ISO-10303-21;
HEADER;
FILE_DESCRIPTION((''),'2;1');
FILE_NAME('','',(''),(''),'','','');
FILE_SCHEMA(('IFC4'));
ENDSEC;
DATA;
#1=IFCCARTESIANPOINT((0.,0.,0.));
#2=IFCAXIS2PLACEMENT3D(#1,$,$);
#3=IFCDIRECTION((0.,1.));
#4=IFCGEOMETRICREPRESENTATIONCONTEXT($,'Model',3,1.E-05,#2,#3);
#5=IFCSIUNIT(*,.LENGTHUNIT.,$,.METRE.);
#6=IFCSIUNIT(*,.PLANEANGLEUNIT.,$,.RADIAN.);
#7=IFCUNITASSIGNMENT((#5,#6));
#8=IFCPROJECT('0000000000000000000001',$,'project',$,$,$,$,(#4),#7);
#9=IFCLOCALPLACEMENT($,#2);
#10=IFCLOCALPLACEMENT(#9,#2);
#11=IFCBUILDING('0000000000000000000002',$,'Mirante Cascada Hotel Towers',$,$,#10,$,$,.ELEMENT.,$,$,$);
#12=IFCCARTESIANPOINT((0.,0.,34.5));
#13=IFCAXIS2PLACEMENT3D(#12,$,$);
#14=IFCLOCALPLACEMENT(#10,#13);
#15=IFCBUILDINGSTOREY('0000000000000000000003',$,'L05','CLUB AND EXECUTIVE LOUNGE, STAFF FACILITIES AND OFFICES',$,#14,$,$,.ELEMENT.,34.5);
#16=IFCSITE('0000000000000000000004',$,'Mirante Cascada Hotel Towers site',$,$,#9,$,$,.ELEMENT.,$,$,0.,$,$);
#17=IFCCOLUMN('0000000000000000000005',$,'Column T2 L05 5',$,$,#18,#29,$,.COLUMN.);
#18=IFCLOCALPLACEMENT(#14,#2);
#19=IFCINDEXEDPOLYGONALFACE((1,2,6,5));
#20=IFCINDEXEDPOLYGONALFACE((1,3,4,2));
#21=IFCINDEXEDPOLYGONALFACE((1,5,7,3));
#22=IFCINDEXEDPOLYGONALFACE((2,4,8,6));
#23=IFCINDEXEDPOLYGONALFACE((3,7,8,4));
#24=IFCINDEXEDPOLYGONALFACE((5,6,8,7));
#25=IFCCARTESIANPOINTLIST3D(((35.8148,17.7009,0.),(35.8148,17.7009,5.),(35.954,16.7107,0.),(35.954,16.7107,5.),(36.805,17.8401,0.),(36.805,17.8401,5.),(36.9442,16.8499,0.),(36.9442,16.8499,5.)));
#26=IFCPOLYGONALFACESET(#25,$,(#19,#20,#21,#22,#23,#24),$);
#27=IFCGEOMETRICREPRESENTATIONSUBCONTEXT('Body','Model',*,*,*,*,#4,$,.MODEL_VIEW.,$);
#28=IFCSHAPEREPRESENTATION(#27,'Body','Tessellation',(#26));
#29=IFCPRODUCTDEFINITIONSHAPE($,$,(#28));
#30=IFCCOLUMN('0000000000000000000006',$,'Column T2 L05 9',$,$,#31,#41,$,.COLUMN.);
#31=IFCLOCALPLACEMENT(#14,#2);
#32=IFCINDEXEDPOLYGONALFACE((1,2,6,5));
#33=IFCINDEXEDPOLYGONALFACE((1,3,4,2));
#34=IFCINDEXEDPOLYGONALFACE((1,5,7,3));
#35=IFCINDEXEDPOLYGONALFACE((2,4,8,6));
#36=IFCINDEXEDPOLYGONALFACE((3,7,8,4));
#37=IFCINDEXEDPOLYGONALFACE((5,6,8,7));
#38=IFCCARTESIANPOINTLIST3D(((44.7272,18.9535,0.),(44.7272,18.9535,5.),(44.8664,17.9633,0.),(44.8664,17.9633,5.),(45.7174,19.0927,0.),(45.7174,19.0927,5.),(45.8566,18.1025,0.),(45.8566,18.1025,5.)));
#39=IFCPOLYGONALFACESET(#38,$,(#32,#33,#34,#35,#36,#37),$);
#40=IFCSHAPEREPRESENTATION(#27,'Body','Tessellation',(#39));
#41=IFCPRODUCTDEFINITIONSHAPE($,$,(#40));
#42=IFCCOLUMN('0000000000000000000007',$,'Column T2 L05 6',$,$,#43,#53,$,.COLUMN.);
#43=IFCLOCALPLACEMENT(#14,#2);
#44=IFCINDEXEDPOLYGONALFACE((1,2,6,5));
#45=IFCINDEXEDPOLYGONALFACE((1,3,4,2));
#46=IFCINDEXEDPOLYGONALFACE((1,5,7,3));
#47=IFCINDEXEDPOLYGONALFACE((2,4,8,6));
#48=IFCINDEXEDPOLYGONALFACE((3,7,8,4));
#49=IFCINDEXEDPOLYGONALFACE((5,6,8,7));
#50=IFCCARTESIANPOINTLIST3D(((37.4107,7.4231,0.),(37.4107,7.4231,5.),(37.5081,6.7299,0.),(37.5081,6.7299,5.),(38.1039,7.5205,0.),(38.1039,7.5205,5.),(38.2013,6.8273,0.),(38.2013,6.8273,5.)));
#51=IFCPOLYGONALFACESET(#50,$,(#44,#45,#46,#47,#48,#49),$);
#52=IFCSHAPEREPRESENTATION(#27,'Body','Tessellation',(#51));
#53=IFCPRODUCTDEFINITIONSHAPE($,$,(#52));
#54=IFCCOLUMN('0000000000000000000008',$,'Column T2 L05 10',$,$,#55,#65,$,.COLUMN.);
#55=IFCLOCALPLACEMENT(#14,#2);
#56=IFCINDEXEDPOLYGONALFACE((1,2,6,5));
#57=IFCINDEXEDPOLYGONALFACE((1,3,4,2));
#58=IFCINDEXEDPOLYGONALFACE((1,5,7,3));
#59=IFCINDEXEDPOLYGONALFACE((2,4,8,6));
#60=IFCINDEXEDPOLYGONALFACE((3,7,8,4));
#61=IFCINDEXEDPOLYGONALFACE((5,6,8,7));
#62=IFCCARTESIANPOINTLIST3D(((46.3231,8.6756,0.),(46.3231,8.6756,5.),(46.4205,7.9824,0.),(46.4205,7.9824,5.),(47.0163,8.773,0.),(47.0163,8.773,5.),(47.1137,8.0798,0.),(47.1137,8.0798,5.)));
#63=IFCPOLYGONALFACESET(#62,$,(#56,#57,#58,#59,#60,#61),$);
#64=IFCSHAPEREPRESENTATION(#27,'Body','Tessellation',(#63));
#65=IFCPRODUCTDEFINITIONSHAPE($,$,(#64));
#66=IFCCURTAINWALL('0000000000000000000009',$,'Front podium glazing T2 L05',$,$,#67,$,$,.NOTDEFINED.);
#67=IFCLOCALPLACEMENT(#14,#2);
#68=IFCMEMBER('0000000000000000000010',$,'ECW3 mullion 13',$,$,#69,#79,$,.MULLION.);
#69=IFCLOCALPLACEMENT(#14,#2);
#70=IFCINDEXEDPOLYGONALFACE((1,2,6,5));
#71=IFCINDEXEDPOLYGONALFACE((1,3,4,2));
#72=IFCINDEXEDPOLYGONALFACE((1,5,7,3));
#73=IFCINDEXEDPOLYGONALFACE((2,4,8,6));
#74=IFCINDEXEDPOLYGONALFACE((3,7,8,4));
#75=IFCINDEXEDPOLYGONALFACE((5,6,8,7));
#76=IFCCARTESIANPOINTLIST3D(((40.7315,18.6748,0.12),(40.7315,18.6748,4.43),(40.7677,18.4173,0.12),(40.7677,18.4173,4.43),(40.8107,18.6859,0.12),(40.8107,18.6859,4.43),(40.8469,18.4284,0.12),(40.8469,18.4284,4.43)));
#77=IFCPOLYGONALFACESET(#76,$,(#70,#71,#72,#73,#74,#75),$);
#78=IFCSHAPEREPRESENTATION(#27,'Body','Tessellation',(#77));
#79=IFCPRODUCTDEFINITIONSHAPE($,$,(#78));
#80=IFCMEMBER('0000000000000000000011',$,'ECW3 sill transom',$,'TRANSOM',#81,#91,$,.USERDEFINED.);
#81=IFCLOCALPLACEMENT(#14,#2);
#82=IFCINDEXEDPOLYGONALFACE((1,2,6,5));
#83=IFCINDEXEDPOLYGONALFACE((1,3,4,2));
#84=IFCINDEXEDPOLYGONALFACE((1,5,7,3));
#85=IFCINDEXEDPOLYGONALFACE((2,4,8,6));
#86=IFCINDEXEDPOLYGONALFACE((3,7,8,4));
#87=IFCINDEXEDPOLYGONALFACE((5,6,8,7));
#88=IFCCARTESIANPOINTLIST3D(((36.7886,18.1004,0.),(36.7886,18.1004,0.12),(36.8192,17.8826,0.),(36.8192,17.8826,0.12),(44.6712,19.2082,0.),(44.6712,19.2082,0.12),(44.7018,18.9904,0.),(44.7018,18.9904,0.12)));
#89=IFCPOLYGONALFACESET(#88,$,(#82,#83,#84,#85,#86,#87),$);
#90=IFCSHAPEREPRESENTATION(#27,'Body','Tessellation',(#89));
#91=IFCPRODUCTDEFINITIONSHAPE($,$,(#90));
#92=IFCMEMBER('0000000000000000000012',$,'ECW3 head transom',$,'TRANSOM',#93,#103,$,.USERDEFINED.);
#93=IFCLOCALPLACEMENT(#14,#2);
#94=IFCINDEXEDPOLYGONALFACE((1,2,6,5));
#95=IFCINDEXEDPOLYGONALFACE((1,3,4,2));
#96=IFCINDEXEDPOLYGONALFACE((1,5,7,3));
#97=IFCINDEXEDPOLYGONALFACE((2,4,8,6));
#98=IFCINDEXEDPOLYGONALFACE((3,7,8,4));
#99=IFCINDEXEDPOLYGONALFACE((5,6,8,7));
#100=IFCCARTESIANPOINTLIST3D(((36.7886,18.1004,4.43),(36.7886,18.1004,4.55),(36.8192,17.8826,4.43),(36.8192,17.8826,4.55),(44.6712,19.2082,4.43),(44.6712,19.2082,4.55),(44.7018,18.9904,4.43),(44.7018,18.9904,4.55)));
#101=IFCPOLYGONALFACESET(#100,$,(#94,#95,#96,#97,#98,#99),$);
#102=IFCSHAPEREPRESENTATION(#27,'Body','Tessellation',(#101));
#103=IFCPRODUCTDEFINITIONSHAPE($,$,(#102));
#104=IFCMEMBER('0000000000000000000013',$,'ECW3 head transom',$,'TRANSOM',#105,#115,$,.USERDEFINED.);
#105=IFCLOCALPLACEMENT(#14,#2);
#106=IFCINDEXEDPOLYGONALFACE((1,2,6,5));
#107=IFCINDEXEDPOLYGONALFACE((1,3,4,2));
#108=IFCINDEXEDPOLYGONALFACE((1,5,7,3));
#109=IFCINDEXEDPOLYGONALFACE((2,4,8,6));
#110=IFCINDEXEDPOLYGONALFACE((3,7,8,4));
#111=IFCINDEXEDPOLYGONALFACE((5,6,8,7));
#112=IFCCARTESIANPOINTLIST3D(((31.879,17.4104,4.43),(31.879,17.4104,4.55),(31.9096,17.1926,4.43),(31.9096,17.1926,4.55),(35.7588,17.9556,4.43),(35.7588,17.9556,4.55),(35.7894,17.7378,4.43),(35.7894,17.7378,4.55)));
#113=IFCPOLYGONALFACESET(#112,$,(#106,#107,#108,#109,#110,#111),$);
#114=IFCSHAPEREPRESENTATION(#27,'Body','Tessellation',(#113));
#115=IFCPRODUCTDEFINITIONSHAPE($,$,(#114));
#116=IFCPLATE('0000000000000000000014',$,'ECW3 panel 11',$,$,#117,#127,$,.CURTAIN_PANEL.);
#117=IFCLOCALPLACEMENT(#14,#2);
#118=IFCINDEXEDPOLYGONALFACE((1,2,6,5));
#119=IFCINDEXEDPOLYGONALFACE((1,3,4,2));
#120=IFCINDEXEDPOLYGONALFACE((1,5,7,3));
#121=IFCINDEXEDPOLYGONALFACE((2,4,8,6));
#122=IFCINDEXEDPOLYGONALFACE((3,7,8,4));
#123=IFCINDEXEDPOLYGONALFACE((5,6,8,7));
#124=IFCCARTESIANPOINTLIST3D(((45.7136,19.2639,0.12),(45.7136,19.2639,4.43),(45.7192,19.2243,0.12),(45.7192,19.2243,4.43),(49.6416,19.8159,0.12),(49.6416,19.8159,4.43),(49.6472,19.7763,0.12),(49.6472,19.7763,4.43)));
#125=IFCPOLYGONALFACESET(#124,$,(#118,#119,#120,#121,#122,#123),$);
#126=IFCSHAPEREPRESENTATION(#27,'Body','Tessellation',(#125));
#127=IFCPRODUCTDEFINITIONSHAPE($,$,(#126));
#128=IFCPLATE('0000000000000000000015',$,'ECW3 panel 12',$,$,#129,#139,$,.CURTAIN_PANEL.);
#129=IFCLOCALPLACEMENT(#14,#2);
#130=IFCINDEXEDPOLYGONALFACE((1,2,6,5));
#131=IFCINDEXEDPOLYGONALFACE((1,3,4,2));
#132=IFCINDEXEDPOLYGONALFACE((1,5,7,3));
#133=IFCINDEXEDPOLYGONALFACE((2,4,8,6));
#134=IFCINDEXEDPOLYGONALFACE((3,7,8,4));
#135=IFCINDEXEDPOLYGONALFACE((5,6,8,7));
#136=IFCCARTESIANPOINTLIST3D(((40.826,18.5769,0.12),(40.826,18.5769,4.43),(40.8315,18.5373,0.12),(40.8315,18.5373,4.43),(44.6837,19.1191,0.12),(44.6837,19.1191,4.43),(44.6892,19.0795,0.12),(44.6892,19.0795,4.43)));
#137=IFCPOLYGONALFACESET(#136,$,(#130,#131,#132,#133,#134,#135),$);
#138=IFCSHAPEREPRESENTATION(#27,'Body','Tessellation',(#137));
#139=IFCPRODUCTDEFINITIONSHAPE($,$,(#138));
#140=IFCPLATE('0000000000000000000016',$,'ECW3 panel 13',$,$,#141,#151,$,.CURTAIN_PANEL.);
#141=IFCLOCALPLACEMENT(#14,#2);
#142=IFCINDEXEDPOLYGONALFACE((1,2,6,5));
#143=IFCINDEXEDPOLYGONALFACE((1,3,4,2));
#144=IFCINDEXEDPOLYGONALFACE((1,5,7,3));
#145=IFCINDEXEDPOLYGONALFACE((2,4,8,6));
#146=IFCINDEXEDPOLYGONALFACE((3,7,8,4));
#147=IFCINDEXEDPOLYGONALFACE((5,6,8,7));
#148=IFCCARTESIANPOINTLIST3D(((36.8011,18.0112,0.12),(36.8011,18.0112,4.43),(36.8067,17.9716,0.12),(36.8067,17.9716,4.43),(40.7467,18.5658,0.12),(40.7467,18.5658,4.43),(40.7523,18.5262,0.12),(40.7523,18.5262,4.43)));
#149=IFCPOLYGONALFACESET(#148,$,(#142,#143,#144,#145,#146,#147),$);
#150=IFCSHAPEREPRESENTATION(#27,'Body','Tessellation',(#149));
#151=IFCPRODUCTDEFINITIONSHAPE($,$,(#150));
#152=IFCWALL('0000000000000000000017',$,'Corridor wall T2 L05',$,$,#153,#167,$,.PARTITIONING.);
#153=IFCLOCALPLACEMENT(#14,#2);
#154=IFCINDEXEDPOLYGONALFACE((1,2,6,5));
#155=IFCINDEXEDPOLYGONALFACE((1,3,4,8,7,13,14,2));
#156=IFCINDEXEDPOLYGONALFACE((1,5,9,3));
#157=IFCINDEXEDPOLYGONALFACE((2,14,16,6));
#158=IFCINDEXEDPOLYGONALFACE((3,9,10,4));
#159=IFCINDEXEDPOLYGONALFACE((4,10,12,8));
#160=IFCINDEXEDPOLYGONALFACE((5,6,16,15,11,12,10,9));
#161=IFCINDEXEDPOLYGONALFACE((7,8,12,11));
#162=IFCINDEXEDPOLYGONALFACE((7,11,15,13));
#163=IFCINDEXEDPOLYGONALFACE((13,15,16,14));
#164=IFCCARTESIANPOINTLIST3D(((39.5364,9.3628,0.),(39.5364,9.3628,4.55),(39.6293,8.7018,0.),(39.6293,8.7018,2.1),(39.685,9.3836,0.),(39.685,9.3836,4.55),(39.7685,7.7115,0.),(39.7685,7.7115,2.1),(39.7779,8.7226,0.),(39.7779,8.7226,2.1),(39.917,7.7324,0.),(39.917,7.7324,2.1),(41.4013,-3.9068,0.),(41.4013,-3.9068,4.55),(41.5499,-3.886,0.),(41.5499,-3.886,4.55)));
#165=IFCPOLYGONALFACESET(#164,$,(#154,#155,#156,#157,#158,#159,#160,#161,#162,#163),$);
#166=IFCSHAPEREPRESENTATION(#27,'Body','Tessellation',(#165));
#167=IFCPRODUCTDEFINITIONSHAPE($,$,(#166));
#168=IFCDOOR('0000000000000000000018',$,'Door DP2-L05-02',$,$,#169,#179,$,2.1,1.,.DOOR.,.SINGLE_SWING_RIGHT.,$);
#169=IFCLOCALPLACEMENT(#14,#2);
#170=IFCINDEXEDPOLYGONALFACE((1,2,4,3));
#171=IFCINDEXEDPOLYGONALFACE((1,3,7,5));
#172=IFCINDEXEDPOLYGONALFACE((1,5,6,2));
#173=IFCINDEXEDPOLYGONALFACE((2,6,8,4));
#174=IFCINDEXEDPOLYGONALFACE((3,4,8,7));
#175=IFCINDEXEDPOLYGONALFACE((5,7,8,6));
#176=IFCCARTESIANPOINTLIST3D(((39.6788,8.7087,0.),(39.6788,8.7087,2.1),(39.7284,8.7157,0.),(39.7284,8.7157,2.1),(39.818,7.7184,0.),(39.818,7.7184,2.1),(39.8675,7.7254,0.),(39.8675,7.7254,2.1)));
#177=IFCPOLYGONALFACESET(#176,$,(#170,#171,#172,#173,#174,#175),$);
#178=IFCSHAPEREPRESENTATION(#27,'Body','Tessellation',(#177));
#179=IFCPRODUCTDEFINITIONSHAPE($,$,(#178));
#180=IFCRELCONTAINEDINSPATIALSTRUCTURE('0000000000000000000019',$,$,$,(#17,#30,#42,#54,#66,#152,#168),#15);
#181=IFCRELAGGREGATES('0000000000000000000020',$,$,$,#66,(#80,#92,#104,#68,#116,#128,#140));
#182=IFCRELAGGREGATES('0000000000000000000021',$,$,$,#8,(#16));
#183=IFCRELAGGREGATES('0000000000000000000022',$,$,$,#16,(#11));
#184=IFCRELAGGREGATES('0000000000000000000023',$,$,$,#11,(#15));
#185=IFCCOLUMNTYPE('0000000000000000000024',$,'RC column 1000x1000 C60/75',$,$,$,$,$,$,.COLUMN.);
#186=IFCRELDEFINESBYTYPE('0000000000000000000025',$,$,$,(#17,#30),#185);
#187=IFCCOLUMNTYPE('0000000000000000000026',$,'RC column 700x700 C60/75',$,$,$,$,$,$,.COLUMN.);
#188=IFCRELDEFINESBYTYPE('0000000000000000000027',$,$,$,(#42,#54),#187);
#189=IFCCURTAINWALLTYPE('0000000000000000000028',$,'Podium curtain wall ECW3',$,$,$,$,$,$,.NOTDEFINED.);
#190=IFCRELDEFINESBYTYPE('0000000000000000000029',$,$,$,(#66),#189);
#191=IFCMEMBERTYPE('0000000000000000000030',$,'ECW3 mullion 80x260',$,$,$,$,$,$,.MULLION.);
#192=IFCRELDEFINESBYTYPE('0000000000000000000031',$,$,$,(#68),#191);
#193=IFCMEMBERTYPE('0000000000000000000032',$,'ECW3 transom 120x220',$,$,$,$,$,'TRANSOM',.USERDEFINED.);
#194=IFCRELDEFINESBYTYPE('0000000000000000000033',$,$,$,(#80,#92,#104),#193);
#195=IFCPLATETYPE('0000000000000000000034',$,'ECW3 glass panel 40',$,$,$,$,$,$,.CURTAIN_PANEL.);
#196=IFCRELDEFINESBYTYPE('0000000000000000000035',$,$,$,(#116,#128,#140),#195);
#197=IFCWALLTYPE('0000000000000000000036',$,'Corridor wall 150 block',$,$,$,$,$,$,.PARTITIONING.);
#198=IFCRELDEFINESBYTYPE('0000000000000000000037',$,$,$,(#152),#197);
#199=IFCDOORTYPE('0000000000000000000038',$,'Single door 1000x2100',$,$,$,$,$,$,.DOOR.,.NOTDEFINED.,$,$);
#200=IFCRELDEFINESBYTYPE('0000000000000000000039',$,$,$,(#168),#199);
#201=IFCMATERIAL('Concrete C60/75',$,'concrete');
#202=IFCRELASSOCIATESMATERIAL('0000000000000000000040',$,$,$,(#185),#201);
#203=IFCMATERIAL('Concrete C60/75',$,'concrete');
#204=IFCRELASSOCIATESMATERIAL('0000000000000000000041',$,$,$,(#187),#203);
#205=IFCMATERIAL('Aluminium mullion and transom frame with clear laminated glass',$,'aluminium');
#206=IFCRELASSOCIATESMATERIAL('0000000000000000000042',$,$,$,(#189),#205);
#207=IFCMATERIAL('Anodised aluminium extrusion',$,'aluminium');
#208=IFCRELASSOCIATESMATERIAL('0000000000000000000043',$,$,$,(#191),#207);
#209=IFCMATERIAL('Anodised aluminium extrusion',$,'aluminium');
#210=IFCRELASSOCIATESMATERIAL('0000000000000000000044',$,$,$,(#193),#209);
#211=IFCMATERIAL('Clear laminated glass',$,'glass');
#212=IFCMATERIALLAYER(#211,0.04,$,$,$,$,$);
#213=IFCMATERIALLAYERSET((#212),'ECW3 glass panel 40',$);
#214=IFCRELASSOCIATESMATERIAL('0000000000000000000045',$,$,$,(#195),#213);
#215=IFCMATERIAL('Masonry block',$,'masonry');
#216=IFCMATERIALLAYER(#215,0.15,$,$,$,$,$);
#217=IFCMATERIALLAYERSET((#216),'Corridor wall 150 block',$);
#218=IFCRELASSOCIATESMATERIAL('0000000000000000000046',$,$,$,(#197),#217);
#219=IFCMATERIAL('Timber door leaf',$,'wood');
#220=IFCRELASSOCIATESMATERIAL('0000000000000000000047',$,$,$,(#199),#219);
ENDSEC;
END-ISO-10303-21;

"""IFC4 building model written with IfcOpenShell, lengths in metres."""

from ifc_helpers import new_model, si_unit, direction, frame, frame_2d, origin, origin_2d, place, context, subcontext, project, spatial, rectangle, extrude, material, layer, layer_set, material_profile, profile_set, type_object, element, fill, aggregate, save


model = new_model("IFC4")

# Units and contexts
model_context = context("Model", 3, precision=1e-05, world=origin(), true_north=direction((0.0, 1.0)))
body_context = subcontext(model_context, "Body", "Model", "MODEL_VIEW")
ifc_project = project(units=[si_unit("LENGTHUNIT", "METRE"), si_unit("PLANEANGLEUNIT", "RADIAN")], contexts=[model_context])

# Site, building, storey
site_placement = place(None, origin())
site = spatial("IfcSite", under=ifc_project, at=site_placement, Name="Mirante Cascada Hotel Towers site", CompositionType="ELEMENT", RefElevation=0.0)
building_placement = place(site_placement, origin())
building = spatial("IfcBuilding", under=site, at=building_placement, Name="Mirante Cascada Hotel Towers", CompositionType="ELEMENT")
storey_placement = place(building_placement, frame((0.0, 0.0, 34.5)))
storey = spatial("IfcBuildingStorey", under=building, at=storey_placement, Name="L05", Description="CLUB AND EXECUTIVE LOUNGE, STAFF FACILITIES AND OFFICES", CompositionType="ELEMENT", Elevation=34.5)

# Columns
ifc_material_1 = material(Name="Concrete C60/75", Category="concrete")
ifc_material_profile_1 = material_profile(ifc_material_1, rectangle(XDim=1.0, YDim=1.0, at=origin_2d()), Name="RC column 1000x1000 C60/75")
ifc_profile_set_1 = profile_set([ifc_material_profile_1], Name="Concrete C60/75")
column_type_1 = type_object("IfcColumnType", Name="RC column 1000x1000 C60/75", PredefinedType="COLUMN", material=ifc_profile_set_1)
for number, where, z_axis, x_axis, name in (
    (1, (36.3795, 17.2754, 0.0), (0.0, 0.0, 1.0), (0.990268, 0.139173, 0.0), "Column T2 L05 5"),
    (2, (45.2919, 18.528, 0.0), (0.0, 0.0, 1.0), (0.990268, 0.139173, 0.0), "Column T2 L05 9"),
):
    element("IfcColumn", number, at=place(storey_placement, frame(where, z_axis=z_axis, x_axis=x_axis)), inside=storey, type_object=column_type_1, Name=name, PredefinedType="COLUMN", context=body_context, shape_type="SweptSolid", body=[
        extrude(rectangle(XDim=1.0, YDim=1.0, at=origin_2d()), origin(), (0.0, 0.0, 1.0), 5.0),
    ])
ifc_material_2 = material(Name="Concrete C60/75", Category="concrete")
ifc_material_profile_2 = material_profile(ifc_material_2, rectangle(XDim=0.7, YDim=0.7, at=origin_2d()), Name="RC column 700x700 C60/75")
ifc_profile_set_2 = profile_set([ifc_material_profile_2], Name="Concrete C60/75")
column_type_2 = type_object("IfcColumnType", Name="RC column 700x700 C60/75", PredefinedType="COLUMN", material=ifc_profile_set_2)
for number, where, z_axis, x_axis, name in (
    (3, (37.806, 7.1252, 0.0), (0.0, 0.0, 1.0), (0.990268, 0.139173, 0.0), "Column T2 L05 6"),
    (4, (46.7184, 8.3777, 0.0), (0.0, 0.0, 1.0), (0.990268, 0.139173, 0.0), "Column T2 L05 10"),
):
    element("IfcColumn", number, at=place(storey_placement, frame(where, z_axis=z_axis, x_axis=x_axis)), inside=storey, type_object=column_type_2, Name=name, PredefinedType="COLUMN", context=body_context, shape_type="SweptSolid", body=[
        extrude(rectangle(XDim=0.7, YDim=0.7, at=origin_2d()), origin(), (0.0, 0.0, 1.0), 5.0),
    ])

# Curtain wall, members, plates
ifc_material_3 = material(Name="Aluminium mullion and transom frame with clear laminated glass", Category="aluminium")
curtain_wall_type = type_object("IfcCurtainWallType", Name="Podium curtain wall ECW3", PredefinedType="NOTDEFINED", material=ifc_material_3)
curtain_wall_placement = place(storey_placement, origin())
curtain_wall = element("IfcCurtainWall", 5, at=curtain_wall_placement, inside=storey, type_object=curtain_wall_type, Name="Front podium glazing T2 L05", PredefinedType="NOTDEFINED")
ifc_material_4 = material(Name="Anodised aluminium extrusion", Category="aluminium")
ifc_material_profile_3 = material_profile(ifc_material_4, rectangle(XDim=0.26, YDim=0.08, at=origin_2d()), Name="ECW3 MULLION 80x260")
ifc_profile_set_3 = profile_set([ifc_material_profile_3], Name="Anodised aluminium extrusion")
member_type_1 = type_object("IfcMemberType", Name="ECW3 mullion 80x260", PredefinedType="MULLION", material=ifc_profile_set_3)
member_1_placement = place(storey_placement, frame((40.7892, 18.5516, 0.12), z_axis=(0.0, 0.0, 1.0), x_axis=(0.139173, -0.990268, 0.0)))
member_1 = element("IfcMember", 6, at=member_1_placement, type_object=member_type_1, Name="ECW3 mullion 13", PredefinedType="MULLION", context=body_context, shape_type="SweptSolid", body=[
    extrude(rectangle(XDim=0.26, YDim=0.08, at=origin_2d()), origin(), (0.0, 0.0, 1.0), 4.31),
])
ifc_material_5 = material(Name="Anodised aluminium extrusion", Category="aluminium")
ifc_material_profile_4 = material_profile(ifc_material_5, rectangle(XDim=0.22, YDim=0.12, at=origin_2d()), Name="ECW3 TRANSOM 120x220")
ifc_profile_set_4 = profile_set([ifc_material_profile_4], Name="Anodised aluminium extrusion")
member_type_2 = type_object("IfcMemberType", Name="ECW3 transom 120x220", ElementType="TRANSOM", PredefinedType="USERDEFINED", material=ifc_profile_set_4)
member_2_placement = place(storey_placement, frame((44.6865, 19.0993, 0.06), z_axis=(-0.990268, -0.13917, 0.0), x_axis=(0.13917, -0.990268, 0.0)))
member_2 = element("IfcMember", 7, at=member_2_placement, type_object=member_type_2, Name="ECW3 sill transom", ObjectType="TRANSOM", PredefinedType="USERDEFINED", context=body_context, shape_type="SweptSolid", body=[
    extrude(rectangle(XDim=0.22, YDim=0.12, at=origin_2d()), origin(), (0.0, 0.0, 1.0), 7.9601),
])
member_3_placement = place(storey_placement, frame((44.6865, 19.0993, 4.49), z_axis=(-0.990268, -0.13917, 0.0), x_axis=(0.13917, -0.990268, 0.0)))
member_3 = element("IfcMember", 8, at=member_3_placement, type_object=member_type_2, Name="ECW3 head transom", ObjectType="TRANSOM", PredefinedType="USERDEFINED", context=body_context, shape_type="SweptSolid", body=[
    extrude(rectangle(XDim=0.22, YDim=0.12, at=origin_2d()), origin(), (0.0, 0.0, 1.0), 7.9601),
])
member_4_placement = place(storey_placement, frame((35.7741, 17.8467, 4.49), z_axis=(-0.990271, -0.139155, 0.0), x_axis=(0.139155, -0.990271, 0.0)))
member_4 = element("IfcMember", 9, at=member_4_placement, type_object=member_type_2, Name="ECW3 head transom", ObjectType="TRANSOM", PredefinedType="USERDEFINED", context=body_context, shape_type="SweptSolid", body=[
    extrude(rectangle(XDim=0.22, YDim=0.12, at=origin_2d()), origin(), (0.0, 0.0, 1.0), 3.9179),
])
ifc_material_6 = material(Name="Clear laminated glass", Category="glass")
ifc_layer_1 = layer(ifc_material_6, 0.04)
ifc_layer_set_1 = layer_set([ifc_layer_1], Name="ECW3 glass panel 40")
plate_type = type_object("IfcPlateType", Name="ECW3 glass panel 40", PredefinedType="CURTAIN_PANEL", material=ifc_layer_set_1)
plate_1_placement = place(storey_placement, frame((47.6804, 19.5201, 0.12), z_axis=(0.0, 0.0, 1.0), x_axis=(-0.990268, -0.139173, 0.0)))
plate_1 = element("IfcPlate", 10, at=plate_1_placement, type_object=plate_type, Name="ECW3 panel 11", PredefinedType="CURTAIN_PANEL", context=body_context, shape_type="SweptSolid", body=[
    extrude(rectangle(XDim=3.9666, YDim=0.04, at=origin_2d()), origin(), (0.0, 0.0, 1.0), 4.31),
])
plate_2_placement = place(storey_placement, frame((42.7576, 18.8282, 0.12), z_axis=(0.0, 0.0, 1.0), x_axis=(-0.990268, -0.139173, 0.0)))
plate_2 = element("IfcPlate", 11, at=plate_2_placement, type_object=plate_type, Name="ECW3 panel 12", PredefinedType="CURTAIN_PANEL", context=body_context, shape_type="SweptSolid", body=[
    extrude(rectangle(XDim=3.8956, YDim=0.04, at=origin_2d()), origin(), (0.0, 0.0, 1.0), 4.31),
])
plate_3_placement = place(storey_placement, frame((38.7767, 18.2687, 0.12), z_axis=(0.0, 0.0, 1.0), x_axis=(-0.990268, -0.139173, 0.0)))
plate_3 = element("IfcPlate", 12, at=plate_3_placement, type_object=plate_type, Name="ECW3 panel 13", PredefinedType="CURTAIN_PANEL", context=body_context, shape_type="SweptSolid", body=[
    extrude(rectangle(XDim=3.9844, YDim=0.04, at=origin_2d()), origin(), (0.0, 0.0, 1.0), 4.31),
])
aggregate(curtain_wall, [member_2, member_3, member_4, member_1, plate_1, plate_2, plate_3])

# Wall, opening, door
ifc_material_7 = material(Name="Masonry block", Category="masonry")
ifc_layer_2 = layer(ifc_material_7, 0.15)
ifc_layer_set_2 = layer_set([ifc_layer_2], Name="Corridor wall 150 block")
wall_type_1 = type_object("IfcWallType", Name="Corridor wall 150 block", PredefinedType="PARTITIONING", material=ifc_layer_set_2)
wall_1_placement = place(storey_placement, frame((39.6107, 9.3732, 0.0), z_axis=(0.0, 0.0, 1.0), x_axis=(0.139172, -0.990268, 0.0)))
wall_1 = element("IfcWall", 13, at=wall_1_placement, inside=storey, type_object=wall_type_1, Name="Corridor wall T2 L05", PredefinedType="PARTITIONING", context=body_context, shape_type="SweptSolid", body=[
    extrude(rectangle(XDim=13.4, YDim=0.15, at=frame_2d((6.7, 0.0))), origin(), (0.0, 0.0, 1.0), 4.55),
])
opening_1_placement = place(wall_1_placement, frame((0.6675, 0.0, 0.0)))
opening_1 = element("IfcOpeningElement", 14, at=opening_1_placement, cuts=wall_1, PredefinedType="OPENING", context=body_context, shape_type="SweptSolid", body=[
    extrude(rectangle(XDim=1.0, YDim=2.1, at=frame_2d((0.5, 1.05))), frame((0.0, 0.075, 0.0), z_axis=(0.0, -1.0, 0.0), x_axis=(1.0, 0.0, 0.0)), (0.0, 0.0, 1.0), 0.15),
])
ifc_material_8 = material(Name="Timber door leaf", Category="wood")
door_type = type_object("IfcDoorType", Name="Single door 1000x2100", OperationType="NOTDEFINED", PredefinedType="DOOR", material=ifc_material_8)
door_1_placement = place(opening_1_placement, frame((1.0, 0.0, 0.0), z_axis=(0.0, 0.0, 1.0), x_axis=(-1.0, 0.0, 0.0)))
door_1 = element("IfcDoor", 15, at=door_1_placement, inside=storey, type_object=door_type, Name="Door DP2-L05-02", OperationType="SINGLE_SWING_RIGHT", OverallHeight=2.1, OverallWidth=1.0, PredefinedType="DOOR", context=body_context, shape_type="SweptSolid", body=[
    extrude(rectangle(XDim=1.0, YDim=2.1, at=frame_2d((0.5, 1.05))), frame((0.0, 0.025, 0.0), z_axis=(0.0, -1.0, 0.0), x_axis=(1.0, 0.0, 0.0)), (0.0, 0.0, 1.0), 0.05),
])
fill(opening_1, door_1)

save(model, "model.ifc")
